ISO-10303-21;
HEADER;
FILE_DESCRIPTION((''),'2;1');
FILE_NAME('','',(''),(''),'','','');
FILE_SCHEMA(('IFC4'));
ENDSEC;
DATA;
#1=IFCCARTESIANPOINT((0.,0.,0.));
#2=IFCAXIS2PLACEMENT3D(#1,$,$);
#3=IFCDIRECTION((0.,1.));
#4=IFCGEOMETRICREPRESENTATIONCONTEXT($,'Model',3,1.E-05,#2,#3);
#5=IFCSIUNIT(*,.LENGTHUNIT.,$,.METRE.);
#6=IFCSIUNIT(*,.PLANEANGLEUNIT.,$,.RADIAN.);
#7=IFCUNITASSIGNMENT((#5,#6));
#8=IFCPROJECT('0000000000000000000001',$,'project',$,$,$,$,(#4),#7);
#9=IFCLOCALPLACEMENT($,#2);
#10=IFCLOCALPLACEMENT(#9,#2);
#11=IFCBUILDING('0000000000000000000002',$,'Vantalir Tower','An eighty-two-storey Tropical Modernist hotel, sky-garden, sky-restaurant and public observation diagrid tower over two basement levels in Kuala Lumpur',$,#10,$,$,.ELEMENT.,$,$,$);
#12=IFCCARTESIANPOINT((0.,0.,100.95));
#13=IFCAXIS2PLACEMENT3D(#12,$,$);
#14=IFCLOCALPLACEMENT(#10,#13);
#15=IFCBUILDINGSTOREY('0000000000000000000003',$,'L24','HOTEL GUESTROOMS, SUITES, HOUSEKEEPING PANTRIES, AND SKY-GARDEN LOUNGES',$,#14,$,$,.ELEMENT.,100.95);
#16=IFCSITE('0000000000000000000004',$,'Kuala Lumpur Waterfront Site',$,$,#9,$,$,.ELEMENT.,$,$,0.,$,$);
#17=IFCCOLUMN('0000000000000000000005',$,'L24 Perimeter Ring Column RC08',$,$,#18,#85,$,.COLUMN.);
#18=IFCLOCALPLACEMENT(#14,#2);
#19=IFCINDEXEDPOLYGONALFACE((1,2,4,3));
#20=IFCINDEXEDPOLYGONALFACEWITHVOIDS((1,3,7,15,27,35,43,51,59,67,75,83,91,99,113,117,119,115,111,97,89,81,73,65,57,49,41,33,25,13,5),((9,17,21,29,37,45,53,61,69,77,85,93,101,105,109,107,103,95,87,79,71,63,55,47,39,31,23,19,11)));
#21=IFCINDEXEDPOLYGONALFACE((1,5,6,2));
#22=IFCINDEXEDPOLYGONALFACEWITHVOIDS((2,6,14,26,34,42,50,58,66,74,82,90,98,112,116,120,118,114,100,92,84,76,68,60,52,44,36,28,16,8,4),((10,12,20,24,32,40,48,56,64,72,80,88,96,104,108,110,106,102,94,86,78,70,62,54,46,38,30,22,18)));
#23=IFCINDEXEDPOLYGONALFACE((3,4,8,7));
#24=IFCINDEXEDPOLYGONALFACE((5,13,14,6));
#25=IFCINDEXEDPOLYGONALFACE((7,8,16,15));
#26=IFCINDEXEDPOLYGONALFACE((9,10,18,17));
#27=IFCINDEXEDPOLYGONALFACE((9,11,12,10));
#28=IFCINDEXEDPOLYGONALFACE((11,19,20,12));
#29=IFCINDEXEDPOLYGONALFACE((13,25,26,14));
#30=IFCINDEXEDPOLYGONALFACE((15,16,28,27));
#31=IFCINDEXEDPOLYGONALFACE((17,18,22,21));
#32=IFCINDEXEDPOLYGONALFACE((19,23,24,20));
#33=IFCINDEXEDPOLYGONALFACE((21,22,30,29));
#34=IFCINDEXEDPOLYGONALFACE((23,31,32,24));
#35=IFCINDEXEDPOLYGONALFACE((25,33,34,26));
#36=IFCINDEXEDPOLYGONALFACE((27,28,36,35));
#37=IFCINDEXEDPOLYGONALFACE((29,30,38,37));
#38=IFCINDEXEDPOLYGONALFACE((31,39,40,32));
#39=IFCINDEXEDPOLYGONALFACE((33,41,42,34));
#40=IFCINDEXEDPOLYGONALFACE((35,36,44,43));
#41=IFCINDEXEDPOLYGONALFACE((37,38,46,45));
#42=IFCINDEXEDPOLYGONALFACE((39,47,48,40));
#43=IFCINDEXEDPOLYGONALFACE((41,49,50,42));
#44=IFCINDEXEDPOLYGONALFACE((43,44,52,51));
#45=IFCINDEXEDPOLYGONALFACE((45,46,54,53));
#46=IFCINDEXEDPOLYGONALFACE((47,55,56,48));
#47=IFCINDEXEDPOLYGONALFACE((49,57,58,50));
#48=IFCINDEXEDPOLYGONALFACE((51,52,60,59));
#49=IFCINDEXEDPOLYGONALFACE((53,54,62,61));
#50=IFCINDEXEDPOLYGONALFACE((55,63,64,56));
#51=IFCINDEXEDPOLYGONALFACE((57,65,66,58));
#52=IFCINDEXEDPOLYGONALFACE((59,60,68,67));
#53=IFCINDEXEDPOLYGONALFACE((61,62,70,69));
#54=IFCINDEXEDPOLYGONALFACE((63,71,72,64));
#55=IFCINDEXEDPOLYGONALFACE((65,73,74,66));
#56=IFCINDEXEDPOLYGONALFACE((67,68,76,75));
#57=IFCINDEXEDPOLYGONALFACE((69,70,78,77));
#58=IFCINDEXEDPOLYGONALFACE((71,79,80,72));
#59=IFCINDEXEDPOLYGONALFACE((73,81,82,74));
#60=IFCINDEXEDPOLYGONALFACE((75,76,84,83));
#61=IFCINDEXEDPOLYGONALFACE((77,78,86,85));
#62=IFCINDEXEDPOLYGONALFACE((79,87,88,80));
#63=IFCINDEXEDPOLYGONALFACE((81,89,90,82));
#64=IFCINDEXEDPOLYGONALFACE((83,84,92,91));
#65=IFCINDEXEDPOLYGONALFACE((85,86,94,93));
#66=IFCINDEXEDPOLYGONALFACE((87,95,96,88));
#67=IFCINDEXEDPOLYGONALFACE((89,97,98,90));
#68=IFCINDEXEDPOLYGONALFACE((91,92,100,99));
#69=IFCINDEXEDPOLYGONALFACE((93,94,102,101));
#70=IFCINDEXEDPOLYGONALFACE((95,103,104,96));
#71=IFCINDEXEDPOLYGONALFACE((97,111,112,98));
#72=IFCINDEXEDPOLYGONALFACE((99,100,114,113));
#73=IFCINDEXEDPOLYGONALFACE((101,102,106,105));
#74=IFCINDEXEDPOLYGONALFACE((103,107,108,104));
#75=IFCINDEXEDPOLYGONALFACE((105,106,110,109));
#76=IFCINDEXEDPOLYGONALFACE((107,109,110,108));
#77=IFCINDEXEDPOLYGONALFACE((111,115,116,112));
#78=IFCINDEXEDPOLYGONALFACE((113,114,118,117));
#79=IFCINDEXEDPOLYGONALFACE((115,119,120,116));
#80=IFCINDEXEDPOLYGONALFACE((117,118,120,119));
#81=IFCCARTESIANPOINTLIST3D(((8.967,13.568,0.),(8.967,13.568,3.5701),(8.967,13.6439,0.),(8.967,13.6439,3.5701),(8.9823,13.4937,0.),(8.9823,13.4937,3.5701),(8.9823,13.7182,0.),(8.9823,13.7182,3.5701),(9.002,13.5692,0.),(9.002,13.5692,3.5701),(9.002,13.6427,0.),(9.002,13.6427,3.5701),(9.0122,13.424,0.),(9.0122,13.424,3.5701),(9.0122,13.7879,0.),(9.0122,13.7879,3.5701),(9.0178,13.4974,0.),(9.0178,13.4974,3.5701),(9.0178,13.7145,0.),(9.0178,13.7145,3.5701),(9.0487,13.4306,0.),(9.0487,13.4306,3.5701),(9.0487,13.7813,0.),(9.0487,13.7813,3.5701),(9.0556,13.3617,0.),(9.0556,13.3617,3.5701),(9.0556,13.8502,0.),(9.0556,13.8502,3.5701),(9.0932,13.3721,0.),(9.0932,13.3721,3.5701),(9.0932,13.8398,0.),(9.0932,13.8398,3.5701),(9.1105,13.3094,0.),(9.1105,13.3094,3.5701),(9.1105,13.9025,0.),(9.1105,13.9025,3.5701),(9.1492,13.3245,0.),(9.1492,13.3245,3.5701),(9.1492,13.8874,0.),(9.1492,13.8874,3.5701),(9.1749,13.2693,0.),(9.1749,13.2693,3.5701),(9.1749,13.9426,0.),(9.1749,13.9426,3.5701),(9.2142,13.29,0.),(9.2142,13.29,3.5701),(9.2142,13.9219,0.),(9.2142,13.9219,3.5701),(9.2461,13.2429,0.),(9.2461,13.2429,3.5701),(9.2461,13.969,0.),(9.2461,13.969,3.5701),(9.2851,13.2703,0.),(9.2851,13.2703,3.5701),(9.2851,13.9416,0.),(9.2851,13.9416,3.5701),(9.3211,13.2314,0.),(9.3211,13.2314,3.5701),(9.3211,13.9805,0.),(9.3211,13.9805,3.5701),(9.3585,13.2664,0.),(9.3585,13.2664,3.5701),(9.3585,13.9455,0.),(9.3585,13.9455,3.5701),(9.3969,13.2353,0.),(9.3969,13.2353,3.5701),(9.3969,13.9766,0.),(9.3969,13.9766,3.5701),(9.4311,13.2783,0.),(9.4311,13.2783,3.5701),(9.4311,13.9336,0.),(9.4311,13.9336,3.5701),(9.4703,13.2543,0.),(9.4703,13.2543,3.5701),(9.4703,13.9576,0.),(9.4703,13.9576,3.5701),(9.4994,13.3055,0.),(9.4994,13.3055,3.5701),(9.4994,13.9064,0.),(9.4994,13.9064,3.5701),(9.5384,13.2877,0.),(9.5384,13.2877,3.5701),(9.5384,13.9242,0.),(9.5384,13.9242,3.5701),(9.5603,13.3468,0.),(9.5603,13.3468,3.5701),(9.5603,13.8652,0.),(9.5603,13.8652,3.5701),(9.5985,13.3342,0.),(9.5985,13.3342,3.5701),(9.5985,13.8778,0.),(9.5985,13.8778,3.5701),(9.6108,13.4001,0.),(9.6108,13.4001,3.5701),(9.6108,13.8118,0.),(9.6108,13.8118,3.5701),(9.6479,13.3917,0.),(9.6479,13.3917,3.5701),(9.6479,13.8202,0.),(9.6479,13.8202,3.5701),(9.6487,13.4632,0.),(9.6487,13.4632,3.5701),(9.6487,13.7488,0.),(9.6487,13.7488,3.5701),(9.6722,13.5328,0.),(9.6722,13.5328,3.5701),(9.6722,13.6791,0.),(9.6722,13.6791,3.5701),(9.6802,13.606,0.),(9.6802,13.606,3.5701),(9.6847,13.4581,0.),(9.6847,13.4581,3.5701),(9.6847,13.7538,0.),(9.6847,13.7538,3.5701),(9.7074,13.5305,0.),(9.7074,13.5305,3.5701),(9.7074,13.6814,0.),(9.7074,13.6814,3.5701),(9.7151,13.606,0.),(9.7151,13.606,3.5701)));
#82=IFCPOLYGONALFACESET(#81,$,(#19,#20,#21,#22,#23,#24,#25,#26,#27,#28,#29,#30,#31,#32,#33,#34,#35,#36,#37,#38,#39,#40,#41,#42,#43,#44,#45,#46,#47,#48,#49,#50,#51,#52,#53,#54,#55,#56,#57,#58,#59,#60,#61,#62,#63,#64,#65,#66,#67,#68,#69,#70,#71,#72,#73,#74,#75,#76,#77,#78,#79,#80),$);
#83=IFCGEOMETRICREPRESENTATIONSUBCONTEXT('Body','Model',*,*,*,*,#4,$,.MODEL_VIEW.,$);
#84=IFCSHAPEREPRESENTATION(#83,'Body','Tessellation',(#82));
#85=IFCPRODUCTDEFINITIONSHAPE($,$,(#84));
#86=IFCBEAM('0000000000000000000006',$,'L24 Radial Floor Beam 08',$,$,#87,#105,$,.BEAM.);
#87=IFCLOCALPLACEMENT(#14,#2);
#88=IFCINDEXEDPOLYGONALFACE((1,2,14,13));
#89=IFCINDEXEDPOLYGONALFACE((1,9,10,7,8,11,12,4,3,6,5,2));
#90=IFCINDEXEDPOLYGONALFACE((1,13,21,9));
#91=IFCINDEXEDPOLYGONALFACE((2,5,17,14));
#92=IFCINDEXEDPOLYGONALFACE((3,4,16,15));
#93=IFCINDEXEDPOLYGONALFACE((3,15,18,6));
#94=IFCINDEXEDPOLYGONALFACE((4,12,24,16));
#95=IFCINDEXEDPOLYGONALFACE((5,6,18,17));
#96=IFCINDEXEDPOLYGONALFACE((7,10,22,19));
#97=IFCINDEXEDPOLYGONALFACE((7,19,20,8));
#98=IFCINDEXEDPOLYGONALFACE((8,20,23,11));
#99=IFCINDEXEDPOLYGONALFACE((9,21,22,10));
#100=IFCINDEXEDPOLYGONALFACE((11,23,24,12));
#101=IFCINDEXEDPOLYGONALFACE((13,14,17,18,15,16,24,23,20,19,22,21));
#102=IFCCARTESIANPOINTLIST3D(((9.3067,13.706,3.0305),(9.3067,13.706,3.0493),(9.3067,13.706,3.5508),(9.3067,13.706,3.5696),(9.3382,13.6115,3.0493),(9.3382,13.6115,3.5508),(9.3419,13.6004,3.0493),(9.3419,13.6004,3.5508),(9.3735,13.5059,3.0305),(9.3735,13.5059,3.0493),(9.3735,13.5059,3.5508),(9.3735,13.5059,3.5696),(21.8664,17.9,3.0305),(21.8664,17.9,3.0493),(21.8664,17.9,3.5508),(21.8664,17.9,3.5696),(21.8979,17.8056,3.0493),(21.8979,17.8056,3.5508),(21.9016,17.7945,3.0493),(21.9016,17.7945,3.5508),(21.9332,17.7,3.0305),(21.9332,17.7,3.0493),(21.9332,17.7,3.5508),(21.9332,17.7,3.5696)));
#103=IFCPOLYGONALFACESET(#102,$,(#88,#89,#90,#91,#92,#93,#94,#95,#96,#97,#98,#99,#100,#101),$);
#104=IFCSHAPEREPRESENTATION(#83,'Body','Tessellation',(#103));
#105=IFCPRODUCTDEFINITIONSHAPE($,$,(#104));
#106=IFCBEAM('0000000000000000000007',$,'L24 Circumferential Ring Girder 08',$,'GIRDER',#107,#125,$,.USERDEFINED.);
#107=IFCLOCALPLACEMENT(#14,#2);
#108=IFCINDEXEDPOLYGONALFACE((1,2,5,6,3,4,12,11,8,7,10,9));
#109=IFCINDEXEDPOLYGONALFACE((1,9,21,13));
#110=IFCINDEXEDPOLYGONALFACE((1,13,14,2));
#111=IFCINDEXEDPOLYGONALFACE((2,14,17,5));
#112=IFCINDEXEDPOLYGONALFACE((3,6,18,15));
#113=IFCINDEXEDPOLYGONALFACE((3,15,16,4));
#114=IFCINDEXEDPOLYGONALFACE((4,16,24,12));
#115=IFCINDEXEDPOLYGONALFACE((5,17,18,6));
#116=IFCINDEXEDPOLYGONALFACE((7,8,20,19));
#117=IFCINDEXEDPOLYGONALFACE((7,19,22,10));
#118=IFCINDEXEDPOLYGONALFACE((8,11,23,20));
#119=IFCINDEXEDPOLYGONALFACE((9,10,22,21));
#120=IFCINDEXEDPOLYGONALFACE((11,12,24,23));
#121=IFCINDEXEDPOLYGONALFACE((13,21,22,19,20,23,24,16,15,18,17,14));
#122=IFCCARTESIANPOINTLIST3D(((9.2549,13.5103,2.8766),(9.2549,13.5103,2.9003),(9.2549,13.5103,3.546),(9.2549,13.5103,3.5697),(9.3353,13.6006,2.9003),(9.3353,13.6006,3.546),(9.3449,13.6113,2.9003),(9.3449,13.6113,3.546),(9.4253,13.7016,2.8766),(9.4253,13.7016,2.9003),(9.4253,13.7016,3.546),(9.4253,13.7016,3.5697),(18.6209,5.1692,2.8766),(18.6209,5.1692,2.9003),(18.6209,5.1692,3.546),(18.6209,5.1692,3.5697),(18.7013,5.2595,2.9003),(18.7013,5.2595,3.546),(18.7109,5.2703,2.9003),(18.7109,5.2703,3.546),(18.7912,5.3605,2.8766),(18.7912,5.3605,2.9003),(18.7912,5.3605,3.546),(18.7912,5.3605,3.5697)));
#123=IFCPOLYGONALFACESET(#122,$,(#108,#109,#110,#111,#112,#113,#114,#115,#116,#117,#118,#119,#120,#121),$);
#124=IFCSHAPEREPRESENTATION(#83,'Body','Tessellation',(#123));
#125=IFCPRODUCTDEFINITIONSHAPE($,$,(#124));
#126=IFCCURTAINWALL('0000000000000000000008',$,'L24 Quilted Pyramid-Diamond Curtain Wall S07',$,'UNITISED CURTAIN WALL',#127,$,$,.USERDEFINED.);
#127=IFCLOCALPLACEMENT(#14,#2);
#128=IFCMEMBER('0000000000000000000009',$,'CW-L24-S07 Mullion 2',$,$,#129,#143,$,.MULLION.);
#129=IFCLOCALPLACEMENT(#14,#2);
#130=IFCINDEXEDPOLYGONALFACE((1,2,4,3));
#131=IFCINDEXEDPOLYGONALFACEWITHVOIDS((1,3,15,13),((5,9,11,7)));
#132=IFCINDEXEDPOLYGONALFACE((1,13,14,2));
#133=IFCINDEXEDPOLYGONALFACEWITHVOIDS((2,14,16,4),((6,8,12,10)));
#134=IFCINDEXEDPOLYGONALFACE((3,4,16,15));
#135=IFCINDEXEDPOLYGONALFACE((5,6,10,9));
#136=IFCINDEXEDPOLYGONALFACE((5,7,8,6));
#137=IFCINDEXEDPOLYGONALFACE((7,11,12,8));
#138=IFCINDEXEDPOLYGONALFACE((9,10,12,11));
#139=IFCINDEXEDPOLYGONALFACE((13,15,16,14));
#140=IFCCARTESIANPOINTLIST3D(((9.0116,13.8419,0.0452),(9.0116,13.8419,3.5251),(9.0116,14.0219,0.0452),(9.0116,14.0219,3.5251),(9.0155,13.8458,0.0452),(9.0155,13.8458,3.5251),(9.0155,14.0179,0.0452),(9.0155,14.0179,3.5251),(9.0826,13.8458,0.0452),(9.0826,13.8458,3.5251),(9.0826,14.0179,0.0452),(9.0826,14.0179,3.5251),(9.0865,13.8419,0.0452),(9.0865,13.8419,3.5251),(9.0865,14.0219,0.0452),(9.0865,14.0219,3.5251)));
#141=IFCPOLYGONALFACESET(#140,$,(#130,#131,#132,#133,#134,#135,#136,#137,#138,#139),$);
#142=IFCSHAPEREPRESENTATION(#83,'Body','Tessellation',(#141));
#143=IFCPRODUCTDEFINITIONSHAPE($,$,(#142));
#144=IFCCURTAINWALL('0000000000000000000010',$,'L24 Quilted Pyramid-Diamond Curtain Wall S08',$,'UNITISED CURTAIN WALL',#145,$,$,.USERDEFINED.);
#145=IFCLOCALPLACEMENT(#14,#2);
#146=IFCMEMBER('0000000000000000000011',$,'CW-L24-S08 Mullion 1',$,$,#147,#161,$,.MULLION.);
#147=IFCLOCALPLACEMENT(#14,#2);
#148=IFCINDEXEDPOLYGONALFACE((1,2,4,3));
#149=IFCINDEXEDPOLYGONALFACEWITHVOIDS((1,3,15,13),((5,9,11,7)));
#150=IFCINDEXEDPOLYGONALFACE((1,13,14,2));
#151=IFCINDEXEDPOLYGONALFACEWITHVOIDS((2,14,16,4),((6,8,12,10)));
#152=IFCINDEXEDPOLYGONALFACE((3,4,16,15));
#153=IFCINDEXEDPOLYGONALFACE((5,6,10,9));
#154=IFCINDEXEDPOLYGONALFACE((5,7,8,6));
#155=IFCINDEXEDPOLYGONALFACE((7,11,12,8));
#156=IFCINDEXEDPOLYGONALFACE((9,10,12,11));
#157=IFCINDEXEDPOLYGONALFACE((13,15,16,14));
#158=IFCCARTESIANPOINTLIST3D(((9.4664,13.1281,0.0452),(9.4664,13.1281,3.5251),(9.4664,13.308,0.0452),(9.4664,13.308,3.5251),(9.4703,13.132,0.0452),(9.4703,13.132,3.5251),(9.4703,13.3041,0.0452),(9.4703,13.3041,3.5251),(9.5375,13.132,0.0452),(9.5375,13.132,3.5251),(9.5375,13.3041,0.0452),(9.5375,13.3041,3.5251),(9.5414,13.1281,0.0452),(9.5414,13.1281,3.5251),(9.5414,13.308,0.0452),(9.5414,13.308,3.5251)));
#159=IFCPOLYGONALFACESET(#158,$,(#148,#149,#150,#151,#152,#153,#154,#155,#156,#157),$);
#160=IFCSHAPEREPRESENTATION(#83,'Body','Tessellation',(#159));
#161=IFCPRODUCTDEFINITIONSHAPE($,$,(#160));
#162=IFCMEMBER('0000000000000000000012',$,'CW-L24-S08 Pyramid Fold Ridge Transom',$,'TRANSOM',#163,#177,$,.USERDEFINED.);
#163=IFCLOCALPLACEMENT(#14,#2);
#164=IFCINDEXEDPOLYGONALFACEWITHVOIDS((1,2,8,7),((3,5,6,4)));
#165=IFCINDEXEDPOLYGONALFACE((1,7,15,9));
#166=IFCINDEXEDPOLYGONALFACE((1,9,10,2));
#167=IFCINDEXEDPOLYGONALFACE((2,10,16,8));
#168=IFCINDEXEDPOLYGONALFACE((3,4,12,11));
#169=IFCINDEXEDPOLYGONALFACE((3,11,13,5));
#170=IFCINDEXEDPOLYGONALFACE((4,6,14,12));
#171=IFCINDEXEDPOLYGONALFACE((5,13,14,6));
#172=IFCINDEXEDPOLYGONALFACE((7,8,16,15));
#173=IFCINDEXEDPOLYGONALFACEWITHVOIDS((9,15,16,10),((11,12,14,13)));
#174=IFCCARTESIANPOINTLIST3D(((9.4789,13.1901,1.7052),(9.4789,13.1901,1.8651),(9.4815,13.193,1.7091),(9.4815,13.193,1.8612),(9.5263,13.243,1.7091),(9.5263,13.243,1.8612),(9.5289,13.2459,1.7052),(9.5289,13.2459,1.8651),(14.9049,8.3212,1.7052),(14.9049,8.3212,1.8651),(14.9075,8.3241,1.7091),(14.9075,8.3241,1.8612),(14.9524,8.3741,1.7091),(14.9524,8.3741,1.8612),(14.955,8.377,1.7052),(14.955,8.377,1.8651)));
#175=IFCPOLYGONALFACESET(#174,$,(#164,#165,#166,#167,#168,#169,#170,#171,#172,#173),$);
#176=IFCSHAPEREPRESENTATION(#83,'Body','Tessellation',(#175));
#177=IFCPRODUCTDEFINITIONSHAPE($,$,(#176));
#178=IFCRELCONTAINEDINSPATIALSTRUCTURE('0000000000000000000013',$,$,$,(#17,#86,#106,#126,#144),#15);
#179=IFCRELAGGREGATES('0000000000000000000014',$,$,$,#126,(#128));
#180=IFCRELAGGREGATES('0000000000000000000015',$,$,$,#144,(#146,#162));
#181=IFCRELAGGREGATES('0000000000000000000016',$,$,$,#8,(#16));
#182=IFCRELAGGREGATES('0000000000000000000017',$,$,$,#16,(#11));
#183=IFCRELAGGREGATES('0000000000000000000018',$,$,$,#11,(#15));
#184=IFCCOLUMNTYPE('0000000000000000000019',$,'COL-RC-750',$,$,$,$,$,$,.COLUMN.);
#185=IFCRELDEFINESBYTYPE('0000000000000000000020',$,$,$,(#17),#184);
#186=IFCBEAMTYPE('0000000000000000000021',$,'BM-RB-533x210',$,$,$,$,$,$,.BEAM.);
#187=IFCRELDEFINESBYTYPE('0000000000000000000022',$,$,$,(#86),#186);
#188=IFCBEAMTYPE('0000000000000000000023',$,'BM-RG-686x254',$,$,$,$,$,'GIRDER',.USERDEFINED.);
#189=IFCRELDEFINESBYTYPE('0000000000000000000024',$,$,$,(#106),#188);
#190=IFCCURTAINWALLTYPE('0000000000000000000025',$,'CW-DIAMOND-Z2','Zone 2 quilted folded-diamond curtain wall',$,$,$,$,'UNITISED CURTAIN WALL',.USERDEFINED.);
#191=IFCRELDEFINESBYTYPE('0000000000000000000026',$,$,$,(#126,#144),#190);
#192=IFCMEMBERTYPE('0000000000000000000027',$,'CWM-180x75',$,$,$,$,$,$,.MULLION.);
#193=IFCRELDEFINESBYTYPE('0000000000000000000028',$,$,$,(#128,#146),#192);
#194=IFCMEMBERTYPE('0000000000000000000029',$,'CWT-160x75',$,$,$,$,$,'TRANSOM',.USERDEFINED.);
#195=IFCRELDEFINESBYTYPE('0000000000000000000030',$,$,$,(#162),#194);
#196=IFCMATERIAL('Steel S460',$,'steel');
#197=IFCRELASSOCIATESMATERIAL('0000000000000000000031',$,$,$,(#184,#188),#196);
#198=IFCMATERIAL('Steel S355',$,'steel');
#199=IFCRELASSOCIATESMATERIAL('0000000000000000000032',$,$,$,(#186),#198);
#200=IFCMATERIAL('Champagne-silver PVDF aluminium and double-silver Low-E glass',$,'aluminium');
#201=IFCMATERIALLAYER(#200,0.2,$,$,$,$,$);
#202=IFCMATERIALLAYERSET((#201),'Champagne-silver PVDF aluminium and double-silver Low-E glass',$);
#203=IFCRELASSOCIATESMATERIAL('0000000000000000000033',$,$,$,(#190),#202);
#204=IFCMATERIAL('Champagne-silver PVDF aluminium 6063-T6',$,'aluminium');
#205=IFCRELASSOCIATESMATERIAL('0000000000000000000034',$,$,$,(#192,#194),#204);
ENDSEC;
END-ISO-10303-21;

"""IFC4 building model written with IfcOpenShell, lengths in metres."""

from ifc_helpers import new_model, si_unit, direction, frame, origin, origin_2d, place, context, subcontext, project, spatial, hollow_rectangle, hollow_circle, i_section, extrude, material, layer, layer_set, material_profile, profile_set, type_object, element, aggregate, save


model = new_model("IFC4")

# Units and contexts
model_context = context("Model", 3, precision=1e-05, world=origin(), true_north=direction((0.0, 1.0)))
body_context = subcontext(model_context, "Body", "Model", "MODEL_VIEW")
ifc_project = project(units=[si_unit("LENGTHUNIT", "METRE"), si_unit("PLANEANGLEUNIT", "RADIAN")], contexts=[model_context])

# Site, building, storey
site_placement = place(None, origin())
site = spatial("IfcSite", under=ifc_project, at=site_placement, Name="Kuala Lumpur Waterfront Site", CompositionType="ELEMENT", RefElevation=0.0)
building_placement = place(site_placement, origin())
building = spatial("IfcBuilding", under=site, at=building_placement, Name="Vantalir Tower", Description="An eighty-two-storey Tropical Modernist hotel, sky-garden, sky-restaurant and public observation diagrid tower over two basement levels in Kuala Lumpur", CompositionType="ELEMENT")
storey_placement = place(building_placement, frame((0.0, 0.0, 100.95)))
storey = spatial("IfcBuildingStorey", under=building, at=storey_placement, Name="L24", Description="HOTEL GUESTROOMS, SUITES, HOUSEKEEPING PANTRIES, AND SKY-GARDEN LOUNGES", CompositionType="ELEMENT", Elevation=100.95)

# Column
ifc_material_1 = material(Name="Steel S460", Category="steel")
ifc_material_profile_1 = material_profile(ifc_material_1, hollow_circle(Radius=0.375, WallThickness=0.0349, at=origin_2d()), Name="Steel S460")
ifc_profile_set_1 = profile_set([ifc_material_profile_1], Name="Steel S460")
column_type = type_object("IfcColumnType", Name="COL-RC-750", PredefinedType="COLUMN", material=ifc_profile_set_1)
column_placement = place(storey_placement, frame((9.3401, 13.606, 0.0), z_axis=(0.0, 0.0, 1.0), x_axis=(1.0, 0.0, 0.0)))
element("IfcColumn", 1, at=column_placement, inside=storey, type_object=column_type, Name="L24 Perimeter Ring Column RC08", PredefinedType="COLUMN", context=body_context, shape_type="SweptSolid", body=[
    extrude(hollow_circle(Radius=0.375, WallThickness=0.0349, at=origin_2d()), origin(), (0.0, 0.0, 1.0), 3.5701),
])

# Beams
ifc_material_2 = material(Name="Steel S355", Category="steel")
ifc_material_profile_2 = material_profile(ifc_material_2, i_section(OverallWidth=0.2109, OverallDepth=0.5391, WebThickness=0.0117, FlangeThickness=0.0188, at=origin_2d()), Name="Steel S355")
ifc_profile_set_2 = profile_set([ifc_material_profile_2], Name="Steel S355")
beam_type_1 = type_object("IfcBeamType", Name="BM-RB-533x210", PredefinedType="BEAM", material=ifc_profile_set_2)
beam_1_placement = place(storey_placement, frame((9.3401, 13.606, 3.3), z_axis=(0.948514, 0.316737, 0.0), x_axis=(-0.316737, 0.948514, 0.0)))
element("IfcBeam", 2, at=beam_1_placement, inside=storey, type_object=beam_type_1, Name="L24 Radial Floor Beam 08", PredefinedType="BEAM", context=body_context, shape_type="SweptSolid", body=[
    extrude(i_section(OverallWidth=0.2109, OverallDepth=0.5391, WebThickness=0.0117, FlangeThickness=0.0188, at=origin_2d()), origin(), (0.0, 0.0, 1.0), 13.2415),
])
ifc_material_profile_3 = material_profile(ifc_material_1, i_section(OverallWidth=0.2561, OverallDepth=0.6931, WebThickness=0.0144, FlangeThickness=0.0237, at=origin_2d()), Name="Steel S460")
ifc_profile_set_3 = profile_set([ifc_material_profile_3], Name="Steel S460")
beam_type_2 = type_object("IfcBeamType", Name="BM-RG-686x254", ElementType="GIRDER", PredefinedType="USERDEFINED", material=ifc_profile_set_3)
beam_2_placement = place(storey_placement, frame((9.3401, 13.606, 3.2231), z_axis=(0.746785, -0.665066, 0.0), x_axis=(0.665066, 0.746785, 0.0)))
element("IfcBeam", 3, at=beam_2_placement, inside=storey, type_object=beam_type_2, Name="L24 Circumferential Ring Girder 08", ObjectType="GIRDER", PredefinedType="USERDEFINED", context=body_context, shape_type="SweptSolid", body=[
    extrude(i_section(OverallWidth=0.2561, OverallDepth=0.6931, WebThickness=0.0144, FlangeThickness=0.0237, at=origin_2d()), origin(), (0.0, 0.0, 1.0), 12.5417),
])

# Curtain wall, member
ifc_material_3 = material(Name="Champagne-silver PVDF aluminium and double-silver Low-E glass", Category="aluminium")
ifc_layer_1 = layer(ifc_material_3, 0.2)
ifc_layer_set_1 = layer_set([ifc_layer_1], Name="Champagne-silver PVDF aluminium and double-silver Low-E glass")
curtain_wall_type = type_object("IfcCurtainWallType", Name="CW-DIAMOND-Z2", Description="Zone 2 quilted folded-diamond curtain wall", ElementType="UNITISED CURTAIN WALL", PredefinedType="USERDEFINED", material=ifc_layer_set_1)
curtain_wall_1_placement = place(storey_placement, origin())
curtain_wall_1 = element("IfcCurtainWall", 4, at=curtain_wall_1_placement, inside=storey, type_object=curtain_wall_type, Name="L24 Quilted Pyramid-Diamond Curtain Wall S07", ObjectType="UNITISED CURTAIN WALL", PredefinedType="USERDEFINED")
ifc_material_4 = material(Name="Champagne-silver PVDF aluminium 6063-T6", Category="aluminium")
ifc_material_profile_4 = material_profile(ifc_material_4, hollow_rectangle(XDim=0.075, YDim=0.1799, WallThickness=0.0039, at=origin_2d()), Name="Champagne-silver PVDF aluminium 6063-T6")
ifc_profile_set_4 = profile_set([ifc_material_profile_4], Name="Champagne-silver PVDF aluminium 6063-T6")
member_type_1 = type_object("IfcMemberType", Name="CWM-180x75", PredefinedType="MULLION", material=ifc_profile_set_4)
member_1_placement = place(storey_placement, frame((9.0491, 13.9319, 0.0452), z_axis=(0.0, 0.0, 1.0), x_axis=(1.0, 0.0, 0.0)))
member_1 = element("IfcMember", 5, at=member_1_placement, type_object=member_type_1, Name="CW-L24-S07 Mullion 2", PredefinedType="MULLION", context=body_context, shape_type="SweptSolid", body=[
    extrude(hollow_rectangle(XDim=0.075, YDim=0.1799, WallThickness=0.0039, at=origin_2d()), origin(), (0.0, 0.0, 1.0), 3.48),
])

# Curtain wall, members
curtain_wall_2_placement = place(storey_placement, origin())
curtain_wall_2 = element("IfcCurtainWall", 6, at=curtain_wall_2_placement, inside=storey, type_object=curtain_wall_type, Name="L24 Quilted Pyramid-Diamond Curtain Wall S08", ObjectType="UNITISED CURTAIN WALL", PredefinedType="USERDEFINED")
member_2_placement = place(storey_placement, frame((9.5039, 13.218, 0.0452), z_axis=(0.0, 0.0, 1.0), x_axis=(1.0, 0.0, 0.0)))
member_2 = element("IfcMember", 7, at=member_2_placement, type_object=member_type_1, Name="CW-L24-S08 Mullion 1", PredefinedType="MULLION", context=body_context, shape_type="SweptSolid", body=[
    extrude(hollow_rectangle(XDim=0.075, YDim=0.1799, WallThickness=0.0039, at=origin_2d()), origin(), (0.0, 0.0, 1.0), 3.48),
])
ifc_material_profile_5 = material_profile(ifc_material_4, hollow_rectangle(XDim=0.075, YDim=0.1599, WallThickness=0.0039, at=origin_2d()), Name="Champagne-silver PVDF aluminium 6063-T6")
ifc_profile_set_5 = profile_set([ifc_material_profile_5], Name="Champagne-silver PVDF aluminium 6063-T6")
member_type_2 = type_object("IfcMemberType", Name="CWT-160x75", ElementType="TRANSOM", PredefinedType="USERDEFINED", material=ifc_profile_set_5)
member_3_placement = place(storey_placement, frame((9.5039, 13.218, 1.7852), z_axis=(0.744284, -0.667863, 0.0), x_axis=(0.667863, 0.744284, 0.0)))
member_3 = element("IfcMember", 8, at=member_3_placement, type_object=member_type_2, Name="CW-L24-S08 Pyramid Fold Ridge Transom", ObjectType="TRANSOM", PredefinedType="USERDEFINED", context=body_context, shape_type="SweptSolid", body=[
    extrude(hollow_rectangle(XDim=0.075, YDim=0.1599, WallThickness=0.0039, at=origin_2d()), origin(), (0.0, 0.0, 1.0), 7.2903),
])

aggregate(curtain_wall_1, [member_1])
aggregate(curtain_wall_2, [member_2, member_3])

save(model, "model.ifc")
